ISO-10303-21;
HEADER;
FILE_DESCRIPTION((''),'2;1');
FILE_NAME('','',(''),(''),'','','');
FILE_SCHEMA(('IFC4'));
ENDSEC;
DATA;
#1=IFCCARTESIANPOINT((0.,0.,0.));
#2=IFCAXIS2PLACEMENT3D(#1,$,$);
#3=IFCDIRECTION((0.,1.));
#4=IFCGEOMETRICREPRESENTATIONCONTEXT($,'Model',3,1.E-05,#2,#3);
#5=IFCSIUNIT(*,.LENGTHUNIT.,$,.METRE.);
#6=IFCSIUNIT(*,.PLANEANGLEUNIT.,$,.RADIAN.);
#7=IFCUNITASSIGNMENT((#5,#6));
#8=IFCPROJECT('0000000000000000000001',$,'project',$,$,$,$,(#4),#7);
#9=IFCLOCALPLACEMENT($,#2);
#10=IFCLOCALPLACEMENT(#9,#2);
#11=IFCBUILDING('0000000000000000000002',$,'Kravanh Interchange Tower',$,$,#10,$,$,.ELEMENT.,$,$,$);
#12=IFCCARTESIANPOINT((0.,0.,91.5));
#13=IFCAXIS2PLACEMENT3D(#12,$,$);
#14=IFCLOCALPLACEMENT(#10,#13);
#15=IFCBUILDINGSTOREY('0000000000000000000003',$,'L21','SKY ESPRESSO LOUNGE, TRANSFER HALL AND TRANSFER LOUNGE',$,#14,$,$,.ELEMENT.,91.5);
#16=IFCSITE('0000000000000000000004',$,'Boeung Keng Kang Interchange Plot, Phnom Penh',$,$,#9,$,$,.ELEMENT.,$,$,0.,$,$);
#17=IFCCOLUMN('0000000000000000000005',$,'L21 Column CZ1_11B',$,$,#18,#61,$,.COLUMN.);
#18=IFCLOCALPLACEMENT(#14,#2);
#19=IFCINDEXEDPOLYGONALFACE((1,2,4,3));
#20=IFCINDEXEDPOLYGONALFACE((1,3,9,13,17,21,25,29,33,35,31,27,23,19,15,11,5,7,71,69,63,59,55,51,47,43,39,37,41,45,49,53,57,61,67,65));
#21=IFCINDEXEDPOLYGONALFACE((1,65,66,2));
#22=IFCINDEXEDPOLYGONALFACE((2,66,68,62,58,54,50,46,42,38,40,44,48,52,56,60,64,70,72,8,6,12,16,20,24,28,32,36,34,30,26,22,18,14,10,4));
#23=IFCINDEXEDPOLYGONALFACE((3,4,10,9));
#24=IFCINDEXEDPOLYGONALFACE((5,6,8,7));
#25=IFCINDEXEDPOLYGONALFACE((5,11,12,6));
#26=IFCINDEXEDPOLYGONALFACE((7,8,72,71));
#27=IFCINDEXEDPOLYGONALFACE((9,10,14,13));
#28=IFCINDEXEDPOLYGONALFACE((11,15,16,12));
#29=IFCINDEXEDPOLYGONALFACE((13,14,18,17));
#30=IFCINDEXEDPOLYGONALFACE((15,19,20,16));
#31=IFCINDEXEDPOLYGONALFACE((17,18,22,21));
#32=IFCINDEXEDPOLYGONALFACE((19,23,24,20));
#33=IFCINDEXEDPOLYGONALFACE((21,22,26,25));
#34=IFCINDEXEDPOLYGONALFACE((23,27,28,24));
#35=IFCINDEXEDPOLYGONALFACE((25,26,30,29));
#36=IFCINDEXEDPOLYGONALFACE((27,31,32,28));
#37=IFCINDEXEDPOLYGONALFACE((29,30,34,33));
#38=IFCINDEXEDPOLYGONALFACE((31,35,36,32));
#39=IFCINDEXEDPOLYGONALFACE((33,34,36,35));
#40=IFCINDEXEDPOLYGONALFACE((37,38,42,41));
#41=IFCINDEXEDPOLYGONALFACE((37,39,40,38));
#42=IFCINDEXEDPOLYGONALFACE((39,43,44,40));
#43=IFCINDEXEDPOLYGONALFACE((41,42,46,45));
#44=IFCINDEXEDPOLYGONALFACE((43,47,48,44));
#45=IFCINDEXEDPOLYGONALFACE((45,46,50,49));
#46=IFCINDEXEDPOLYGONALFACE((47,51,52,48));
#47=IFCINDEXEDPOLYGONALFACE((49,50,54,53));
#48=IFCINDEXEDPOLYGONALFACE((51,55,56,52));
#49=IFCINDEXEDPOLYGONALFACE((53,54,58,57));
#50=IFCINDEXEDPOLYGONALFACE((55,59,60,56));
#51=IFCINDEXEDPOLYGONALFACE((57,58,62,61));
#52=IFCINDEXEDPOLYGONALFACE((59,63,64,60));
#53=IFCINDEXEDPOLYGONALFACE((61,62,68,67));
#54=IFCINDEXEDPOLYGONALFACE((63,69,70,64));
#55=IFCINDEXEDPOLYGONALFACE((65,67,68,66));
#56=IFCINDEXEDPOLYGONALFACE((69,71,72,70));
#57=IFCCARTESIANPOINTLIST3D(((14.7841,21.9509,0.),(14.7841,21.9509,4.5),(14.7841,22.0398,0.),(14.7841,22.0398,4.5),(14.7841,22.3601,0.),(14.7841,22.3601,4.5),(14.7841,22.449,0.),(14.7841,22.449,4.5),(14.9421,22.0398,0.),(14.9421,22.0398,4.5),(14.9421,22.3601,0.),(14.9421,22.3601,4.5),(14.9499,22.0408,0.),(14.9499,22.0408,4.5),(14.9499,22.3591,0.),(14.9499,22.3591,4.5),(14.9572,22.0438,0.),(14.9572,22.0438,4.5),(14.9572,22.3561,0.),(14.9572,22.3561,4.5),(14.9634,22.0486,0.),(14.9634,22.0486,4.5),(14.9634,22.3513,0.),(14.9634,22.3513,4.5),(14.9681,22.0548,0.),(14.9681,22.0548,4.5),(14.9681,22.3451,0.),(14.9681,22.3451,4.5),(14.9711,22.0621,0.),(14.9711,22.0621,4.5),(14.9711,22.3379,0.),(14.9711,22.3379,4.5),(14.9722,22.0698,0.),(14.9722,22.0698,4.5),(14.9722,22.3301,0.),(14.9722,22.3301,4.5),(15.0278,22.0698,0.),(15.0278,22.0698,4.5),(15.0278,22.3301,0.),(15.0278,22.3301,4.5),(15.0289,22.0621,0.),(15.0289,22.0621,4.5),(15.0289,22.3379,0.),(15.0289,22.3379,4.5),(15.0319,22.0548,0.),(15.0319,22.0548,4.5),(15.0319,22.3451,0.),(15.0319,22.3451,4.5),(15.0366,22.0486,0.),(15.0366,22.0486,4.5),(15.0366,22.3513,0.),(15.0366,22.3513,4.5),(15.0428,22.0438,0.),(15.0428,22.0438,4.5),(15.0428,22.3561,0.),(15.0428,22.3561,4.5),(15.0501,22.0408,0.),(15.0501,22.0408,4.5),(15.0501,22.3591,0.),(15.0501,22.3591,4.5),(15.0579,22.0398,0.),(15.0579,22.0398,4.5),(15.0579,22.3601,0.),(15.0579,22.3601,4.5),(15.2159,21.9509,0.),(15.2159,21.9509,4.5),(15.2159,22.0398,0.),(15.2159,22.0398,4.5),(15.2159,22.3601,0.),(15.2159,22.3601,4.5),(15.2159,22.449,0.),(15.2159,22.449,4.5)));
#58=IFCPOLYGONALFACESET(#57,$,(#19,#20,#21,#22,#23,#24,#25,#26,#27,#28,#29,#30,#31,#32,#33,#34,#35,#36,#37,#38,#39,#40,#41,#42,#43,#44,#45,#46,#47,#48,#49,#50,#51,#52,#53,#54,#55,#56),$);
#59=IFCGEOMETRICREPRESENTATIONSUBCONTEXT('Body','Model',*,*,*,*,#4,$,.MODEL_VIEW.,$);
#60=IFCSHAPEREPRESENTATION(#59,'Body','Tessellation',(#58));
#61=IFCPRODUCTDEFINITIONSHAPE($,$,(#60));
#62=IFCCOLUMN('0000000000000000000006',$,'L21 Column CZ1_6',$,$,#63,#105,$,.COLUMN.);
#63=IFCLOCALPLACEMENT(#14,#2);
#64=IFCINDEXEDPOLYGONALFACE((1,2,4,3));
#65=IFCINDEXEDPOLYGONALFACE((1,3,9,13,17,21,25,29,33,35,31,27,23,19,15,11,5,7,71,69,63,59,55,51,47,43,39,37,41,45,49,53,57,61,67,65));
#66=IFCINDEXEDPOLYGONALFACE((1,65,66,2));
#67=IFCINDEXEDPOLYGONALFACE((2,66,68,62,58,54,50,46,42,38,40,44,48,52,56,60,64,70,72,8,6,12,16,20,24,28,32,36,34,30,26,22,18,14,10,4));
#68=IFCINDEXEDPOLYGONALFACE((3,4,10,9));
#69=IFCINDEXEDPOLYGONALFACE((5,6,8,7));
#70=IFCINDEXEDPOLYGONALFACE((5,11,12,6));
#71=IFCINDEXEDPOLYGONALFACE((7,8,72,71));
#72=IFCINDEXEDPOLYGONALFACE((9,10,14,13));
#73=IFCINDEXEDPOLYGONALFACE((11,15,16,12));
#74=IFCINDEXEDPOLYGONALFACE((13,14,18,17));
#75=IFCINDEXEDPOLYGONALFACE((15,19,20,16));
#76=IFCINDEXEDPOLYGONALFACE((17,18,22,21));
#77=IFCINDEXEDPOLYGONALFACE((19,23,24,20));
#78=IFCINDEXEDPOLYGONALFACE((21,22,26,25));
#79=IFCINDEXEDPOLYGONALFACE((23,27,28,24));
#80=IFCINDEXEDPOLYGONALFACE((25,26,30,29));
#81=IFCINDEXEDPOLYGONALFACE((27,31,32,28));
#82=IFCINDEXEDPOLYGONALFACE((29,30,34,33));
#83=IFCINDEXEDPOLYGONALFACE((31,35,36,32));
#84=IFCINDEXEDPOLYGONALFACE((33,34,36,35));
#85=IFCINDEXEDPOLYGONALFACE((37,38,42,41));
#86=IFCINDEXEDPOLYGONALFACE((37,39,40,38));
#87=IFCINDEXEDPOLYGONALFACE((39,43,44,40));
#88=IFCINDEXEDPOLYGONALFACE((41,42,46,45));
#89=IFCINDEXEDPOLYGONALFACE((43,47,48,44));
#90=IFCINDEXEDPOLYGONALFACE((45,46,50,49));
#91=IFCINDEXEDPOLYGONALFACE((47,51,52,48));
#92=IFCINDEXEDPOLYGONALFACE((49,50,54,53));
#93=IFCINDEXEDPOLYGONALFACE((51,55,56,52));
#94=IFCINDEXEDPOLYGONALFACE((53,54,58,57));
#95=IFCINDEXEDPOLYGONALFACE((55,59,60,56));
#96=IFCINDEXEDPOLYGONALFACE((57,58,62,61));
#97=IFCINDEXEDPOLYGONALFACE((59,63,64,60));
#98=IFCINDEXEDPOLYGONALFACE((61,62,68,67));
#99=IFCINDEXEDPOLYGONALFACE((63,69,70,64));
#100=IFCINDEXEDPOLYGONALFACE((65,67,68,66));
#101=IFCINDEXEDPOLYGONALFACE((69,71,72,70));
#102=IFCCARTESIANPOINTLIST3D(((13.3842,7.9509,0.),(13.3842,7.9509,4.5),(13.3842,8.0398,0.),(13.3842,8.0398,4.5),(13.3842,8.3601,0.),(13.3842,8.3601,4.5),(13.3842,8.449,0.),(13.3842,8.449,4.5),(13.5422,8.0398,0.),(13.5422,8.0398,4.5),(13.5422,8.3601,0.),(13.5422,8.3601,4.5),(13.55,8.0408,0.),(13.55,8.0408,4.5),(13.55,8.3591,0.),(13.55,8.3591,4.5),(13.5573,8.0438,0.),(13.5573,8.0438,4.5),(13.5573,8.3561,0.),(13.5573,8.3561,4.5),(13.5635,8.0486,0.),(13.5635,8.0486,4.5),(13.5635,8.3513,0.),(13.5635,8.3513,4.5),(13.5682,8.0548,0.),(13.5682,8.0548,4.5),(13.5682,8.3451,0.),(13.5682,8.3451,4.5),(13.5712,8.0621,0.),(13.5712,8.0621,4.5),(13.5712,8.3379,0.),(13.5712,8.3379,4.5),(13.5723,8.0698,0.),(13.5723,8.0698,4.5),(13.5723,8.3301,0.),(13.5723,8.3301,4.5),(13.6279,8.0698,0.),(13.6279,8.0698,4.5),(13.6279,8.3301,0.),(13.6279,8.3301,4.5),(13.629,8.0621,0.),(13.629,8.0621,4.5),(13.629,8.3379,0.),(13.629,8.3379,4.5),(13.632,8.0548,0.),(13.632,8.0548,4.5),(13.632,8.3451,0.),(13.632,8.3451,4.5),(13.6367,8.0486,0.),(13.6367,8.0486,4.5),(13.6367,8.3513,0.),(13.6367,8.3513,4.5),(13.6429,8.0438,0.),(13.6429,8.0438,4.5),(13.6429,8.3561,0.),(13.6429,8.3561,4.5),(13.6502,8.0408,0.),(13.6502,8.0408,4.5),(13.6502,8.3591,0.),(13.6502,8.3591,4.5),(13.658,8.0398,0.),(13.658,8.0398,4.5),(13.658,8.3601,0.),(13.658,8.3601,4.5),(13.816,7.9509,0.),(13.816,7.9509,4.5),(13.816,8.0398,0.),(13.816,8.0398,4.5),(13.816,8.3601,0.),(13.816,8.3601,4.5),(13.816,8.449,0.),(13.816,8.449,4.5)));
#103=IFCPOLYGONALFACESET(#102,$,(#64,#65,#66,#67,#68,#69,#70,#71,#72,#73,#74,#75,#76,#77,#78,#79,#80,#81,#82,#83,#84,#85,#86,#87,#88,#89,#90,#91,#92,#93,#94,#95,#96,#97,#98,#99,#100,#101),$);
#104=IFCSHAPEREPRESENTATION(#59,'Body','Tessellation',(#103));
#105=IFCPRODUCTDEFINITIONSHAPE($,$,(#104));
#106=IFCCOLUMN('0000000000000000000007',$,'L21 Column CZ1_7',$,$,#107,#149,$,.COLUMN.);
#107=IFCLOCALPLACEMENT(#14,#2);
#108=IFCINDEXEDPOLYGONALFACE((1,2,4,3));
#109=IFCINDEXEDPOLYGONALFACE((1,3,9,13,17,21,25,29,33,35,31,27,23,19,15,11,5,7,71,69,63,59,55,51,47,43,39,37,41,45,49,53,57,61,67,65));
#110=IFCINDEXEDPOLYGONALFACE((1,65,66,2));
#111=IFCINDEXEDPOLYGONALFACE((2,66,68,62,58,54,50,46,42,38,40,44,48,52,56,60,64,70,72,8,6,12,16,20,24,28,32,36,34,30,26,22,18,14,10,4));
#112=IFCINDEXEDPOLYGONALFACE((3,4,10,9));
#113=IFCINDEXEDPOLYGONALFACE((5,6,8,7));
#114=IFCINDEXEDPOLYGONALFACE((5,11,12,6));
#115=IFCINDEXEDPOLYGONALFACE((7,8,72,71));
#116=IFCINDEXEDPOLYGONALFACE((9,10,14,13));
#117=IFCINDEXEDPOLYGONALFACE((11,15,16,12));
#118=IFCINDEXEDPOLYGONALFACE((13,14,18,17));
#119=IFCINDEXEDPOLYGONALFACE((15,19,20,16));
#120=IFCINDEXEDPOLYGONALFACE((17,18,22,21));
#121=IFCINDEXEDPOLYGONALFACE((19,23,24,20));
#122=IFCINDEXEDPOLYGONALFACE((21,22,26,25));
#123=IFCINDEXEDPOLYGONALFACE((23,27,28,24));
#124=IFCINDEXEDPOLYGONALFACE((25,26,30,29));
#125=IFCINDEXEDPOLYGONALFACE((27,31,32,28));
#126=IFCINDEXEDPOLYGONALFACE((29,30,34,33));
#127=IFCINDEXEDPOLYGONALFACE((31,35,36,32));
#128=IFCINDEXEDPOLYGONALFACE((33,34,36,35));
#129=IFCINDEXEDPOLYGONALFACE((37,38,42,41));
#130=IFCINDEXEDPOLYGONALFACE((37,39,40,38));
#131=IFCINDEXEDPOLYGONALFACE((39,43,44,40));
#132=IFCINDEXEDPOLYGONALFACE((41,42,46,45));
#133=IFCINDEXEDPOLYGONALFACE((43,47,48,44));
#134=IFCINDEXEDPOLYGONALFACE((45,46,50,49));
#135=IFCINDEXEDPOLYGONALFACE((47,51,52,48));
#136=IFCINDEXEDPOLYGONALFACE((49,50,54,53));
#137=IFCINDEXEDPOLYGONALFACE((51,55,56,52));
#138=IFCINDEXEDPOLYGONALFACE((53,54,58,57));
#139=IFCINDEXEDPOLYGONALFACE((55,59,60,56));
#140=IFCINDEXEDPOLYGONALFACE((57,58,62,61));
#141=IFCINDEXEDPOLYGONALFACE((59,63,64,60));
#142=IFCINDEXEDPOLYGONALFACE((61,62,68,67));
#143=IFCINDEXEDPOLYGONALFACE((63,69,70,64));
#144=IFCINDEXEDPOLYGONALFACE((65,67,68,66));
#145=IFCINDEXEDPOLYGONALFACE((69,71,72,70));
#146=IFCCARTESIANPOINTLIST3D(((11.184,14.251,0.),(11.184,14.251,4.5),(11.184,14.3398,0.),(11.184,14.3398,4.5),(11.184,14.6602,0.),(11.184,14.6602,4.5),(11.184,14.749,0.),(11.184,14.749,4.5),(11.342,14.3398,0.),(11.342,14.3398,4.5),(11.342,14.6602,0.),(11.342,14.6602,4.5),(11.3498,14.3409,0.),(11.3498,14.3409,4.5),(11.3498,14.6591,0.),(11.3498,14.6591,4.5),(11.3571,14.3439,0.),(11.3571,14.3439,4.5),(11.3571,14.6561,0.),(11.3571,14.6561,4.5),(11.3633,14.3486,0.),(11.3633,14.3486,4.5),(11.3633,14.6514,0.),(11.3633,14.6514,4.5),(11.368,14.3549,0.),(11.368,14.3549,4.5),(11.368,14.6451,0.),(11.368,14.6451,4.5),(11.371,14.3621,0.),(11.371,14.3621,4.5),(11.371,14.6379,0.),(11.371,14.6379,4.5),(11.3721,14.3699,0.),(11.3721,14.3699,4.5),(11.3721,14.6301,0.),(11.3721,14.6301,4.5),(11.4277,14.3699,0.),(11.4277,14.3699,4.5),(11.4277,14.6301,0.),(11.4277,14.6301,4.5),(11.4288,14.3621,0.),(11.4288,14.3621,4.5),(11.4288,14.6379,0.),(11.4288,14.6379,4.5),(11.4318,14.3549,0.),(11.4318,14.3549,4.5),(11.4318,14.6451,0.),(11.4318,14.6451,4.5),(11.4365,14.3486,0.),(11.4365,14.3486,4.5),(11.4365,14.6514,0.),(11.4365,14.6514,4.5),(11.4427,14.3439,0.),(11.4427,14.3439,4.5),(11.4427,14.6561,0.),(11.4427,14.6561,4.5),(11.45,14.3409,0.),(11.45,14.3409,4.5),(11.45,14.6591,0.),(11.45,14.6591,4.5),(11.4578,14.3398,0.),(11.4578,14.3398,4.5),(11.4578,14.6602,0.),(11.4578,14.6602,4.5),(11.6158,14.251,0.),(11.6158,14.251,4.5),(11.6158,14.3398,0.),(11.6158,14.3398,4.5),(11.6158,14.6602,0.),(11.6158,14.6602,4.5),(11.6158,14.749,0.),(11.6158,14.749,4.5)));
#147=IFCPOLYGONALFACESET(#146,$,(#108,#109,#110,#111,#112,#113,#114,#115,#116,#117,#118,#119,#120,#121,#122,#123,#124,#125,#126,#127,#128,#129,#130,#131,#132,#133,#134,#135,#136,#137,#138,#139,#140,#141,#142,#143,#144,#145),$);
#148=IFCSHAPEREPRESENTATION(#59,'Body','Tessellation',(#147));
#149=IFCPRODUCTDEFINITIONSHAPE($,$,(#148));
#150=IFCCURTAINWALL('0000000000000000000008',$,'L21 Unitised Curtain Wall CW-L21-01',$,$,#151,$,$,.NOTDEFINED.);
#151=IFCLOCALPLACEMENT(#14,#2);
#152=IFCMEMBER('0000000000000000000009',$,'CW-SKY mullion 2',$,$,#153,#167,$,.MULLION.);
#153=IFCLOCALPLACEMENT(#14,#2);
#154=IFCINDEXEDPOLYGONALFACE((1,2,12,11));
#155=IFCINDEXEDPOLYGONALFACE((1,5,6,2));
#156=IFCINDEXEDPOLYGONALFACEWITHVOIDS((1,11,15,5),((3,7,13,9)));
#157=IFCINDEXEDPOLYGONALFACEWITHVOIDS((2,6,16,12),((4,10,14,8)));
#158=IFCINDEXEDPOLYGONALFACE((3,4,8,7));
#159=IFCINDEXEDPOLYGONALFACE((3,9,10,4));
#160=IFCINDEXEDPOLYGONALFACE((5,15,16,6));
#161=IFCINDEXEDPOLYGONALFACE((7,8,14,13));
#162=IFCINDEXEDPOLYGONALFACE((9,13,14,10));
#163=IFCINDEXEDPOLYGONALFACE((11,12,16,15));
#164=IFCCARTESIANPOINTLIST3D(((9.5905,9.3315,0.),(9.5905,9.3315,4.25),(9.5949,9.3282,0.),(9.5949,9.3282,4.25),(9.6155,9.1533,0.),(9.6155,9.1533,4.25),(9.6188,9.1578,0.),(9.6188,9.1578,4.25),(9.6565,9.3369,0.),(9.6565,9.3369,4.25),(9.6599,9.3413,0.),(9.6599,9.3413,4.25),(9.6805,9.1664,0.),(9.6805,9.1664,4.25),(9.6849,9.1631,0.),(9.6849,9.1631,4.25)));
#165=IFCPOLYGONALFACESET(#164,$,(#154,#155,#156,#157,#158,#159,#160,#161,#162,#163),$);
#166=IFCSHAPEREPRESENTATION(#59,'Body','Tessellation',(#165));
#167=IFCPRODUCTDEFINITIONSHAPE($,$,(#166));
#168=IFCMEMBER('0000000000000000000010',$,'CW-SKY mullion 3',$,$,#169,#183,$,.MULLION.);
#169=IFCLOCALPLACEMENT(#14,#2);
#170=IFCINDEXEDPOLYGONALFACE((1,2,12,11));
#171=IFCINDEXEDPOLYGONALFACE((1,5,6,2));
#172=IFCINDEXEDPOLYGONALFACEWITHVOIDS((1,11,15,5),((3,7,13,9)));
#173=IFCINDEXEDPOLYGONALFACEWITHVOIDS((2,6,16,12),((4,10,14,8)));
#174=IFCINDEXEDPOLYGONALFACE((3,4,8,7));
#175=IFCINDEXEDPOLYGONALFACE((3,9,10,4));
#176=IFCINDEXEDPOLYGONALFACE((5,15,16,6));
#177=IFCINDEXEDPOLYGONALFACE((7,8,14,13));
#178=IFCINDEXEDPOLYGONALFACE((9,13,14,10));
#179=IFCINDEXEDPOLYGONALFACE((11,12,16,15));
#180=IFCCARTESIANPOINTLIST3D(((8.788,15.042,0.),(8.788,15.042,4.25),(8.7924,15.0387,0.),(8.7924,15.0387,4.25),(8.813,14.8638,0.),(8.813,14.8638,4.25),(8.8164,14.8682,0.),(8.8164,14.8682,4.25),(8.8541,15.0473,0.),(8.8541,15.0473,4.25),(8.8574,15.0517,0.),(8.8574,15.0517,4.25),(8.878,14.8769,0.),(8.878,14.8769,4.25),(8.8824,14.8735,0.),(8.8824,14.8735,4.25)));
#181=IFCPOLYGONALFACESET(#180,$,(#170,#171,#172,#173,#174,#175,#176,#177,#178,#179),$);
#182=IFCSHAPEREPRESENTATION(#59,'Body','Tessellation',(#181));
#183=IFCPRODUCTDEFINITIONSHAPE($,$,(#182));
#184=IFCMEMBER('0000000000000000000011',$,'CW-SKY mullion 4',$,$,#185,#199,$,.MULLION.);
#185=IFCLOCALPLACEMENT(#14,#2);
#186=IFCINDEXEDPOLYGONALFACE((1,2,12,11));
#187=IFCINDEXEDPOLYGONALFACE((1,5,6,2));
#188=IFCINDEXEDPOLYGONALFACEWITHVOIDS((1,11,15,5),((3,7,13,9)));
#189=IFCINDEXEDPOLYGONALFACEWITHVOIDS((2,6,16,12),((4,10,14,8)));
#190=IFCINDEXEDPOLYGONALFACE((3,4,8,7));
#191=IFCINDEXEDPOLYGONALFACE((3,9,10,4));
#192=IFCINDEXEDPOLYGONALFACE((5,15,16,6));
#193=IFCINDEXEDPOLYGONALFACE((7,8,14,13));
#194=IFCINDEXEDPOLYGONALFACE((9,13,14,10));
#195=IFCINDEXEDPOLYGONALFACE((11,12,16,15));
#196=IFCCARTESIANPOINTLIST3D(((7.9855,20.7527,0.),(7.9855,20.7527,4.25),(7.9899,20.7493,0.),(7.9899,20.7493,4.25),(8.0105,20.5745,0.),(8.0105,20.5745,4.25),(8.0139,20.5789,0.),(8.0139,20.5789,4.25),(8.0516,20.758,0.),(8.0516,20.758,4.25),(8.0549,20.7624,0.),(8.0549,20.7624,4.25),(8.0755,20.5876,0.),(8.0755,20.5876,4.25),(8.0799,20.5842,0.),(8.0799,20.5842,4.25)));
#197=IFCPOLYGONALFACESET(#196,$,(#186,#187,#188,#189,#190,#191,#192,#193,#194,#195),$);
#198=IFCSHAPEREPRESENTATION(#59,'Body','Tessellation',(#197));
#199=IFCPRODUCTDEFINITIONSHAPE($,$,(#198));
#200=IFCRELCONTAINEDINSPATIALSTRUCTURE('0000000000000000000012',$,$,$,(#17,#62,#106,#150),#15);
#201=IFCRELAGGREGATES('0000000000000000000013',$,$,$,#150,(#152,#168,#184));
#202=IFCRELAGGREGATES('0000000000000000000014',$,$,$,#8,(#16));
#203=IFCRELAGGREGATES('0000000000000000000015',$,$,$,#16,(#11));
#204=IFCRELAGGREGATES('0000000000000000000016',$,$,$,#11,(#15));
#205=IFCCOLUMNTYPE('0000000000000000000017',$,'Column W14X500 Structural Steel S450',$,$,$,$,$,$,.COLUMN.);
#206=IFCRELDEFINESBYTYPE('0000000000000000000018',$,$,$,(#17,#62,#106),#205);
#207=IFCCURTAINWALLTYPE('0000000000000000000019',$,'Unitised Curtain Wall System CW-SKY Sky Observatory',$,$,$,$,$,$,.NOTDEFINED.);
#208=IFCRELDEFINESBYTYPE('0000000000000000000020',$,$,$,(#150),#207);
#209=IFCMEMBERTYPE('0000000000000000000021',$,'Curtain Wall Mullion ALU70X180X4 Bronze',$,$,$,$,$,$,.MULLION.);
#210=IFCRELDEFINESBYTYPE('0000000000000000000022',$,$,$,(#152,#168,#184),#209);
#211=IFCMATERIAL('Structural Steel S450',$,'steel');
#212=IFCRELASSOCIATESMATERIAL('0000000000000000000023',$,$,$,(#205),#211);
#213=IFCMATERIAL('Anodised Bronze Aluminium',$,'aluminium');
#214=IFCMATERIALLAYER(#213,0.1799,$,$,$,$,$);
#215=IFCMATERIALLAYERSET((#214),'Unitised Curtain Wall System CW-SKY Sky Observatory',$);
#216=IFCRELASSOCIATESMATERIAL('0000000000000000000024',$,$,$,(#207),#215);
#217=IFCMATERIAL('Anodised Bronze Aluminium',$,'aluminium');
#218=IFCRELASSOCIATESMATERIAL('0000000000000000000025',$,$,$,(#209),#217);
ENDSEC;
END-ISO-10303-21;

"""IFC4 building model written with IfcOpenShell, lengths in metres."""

from ifc_helpers import new_model, si_unit, direction, frame, origin, origin_2d, place, context, subcontext, project, spatial, hollow_rectangle, i_section, extrude, material, layer, layer_set, material_profile, profile_set, type_object, element, aggregate, save


model = new_model("IFC4")

# Units and contexts
model_context = context("Model", 3, precision=1e-05, world=origin(), true_north=direction((0.0, 1.0)))
body_context = subcontext(model_context, "Body", "Model", "MODEL_VIEW")
ifc_project = project(units=[si_unit("LENGTHUNIT", "METRE"), si_unit("PLANEANGLEUNIT", "RADIAN")], contexts=[model_context])

# Site, building, storey
site_placement = place(None, origin())
site = spatial("IfcSite", under=ifc_project, at=site_placement, Name="Boeung Keng Kang Interchange Plot, Phnom Penh", CompositionType="ELEMENT", RefElevation=0.0)
building_placement = place(site_placement, origin())
building = spatial("IfcBuilding", under=site, at=building_placement, Name="Kravanh Interchange Tower", CompositionType="ELEMENT")
storey_placement = place(building_placement, frame((0.0, 0.0, 91.5)))
storey = spatial("IfcBuildingStorey", under=building, at=storey_placement, Name="L21", Description="SKY ESPRESSO LOUNGE, TRANSFER HALL AND TRANSFER LOUNGE", CompositionType="ELEMENT", Elevation=91.5)

# Columns
ifc_material_1 = material(Name="Structural Steel S450", Category="steel")
ifc_material_profile_1 = material_profile(ifc_material_1, i_section(OverallWidth=0.4319, OverallDepth=0.498, WebThickness=0.0557, FlangeThickness=0.0889, FilletRadius=0.03, at=origin_2d()), Name="W14X500")
ifc_profile_set_1 = profile_set([ifc_material_profile_1], Name="Structural Steel S450")
column_type = type_object("IfcColumnType", Name="Column W14X500 Structural Steel S450", PredefinedType="COLUMN", material=ifc_profile_set_1)
for number, where, z_axis, x_axis, name in (
    (1, (15.0, 22.2, 0.0), (0.0, 0.0, 1.0), (1.0, 0.0, 0.0), "L21 Column CZ1_11B"),
    (2, (13.6001, 8.2, 0.0), (0.0, 0.0, 1.0), (1.0, 0.0, 0.0), "L21 Column CZ1_6"),
    (3, (11.3999, 14.5, 0.0), (0.0, 0.0, 1.0), (1.0, 0.0, 0.0), "L21 Column CZ1_7"),
):
    element("IfcColumn", number, at=place(storey_placement, frame(where, z_axis=z_axis, x_axis=x_axis)), inside=storey, type_object=column_type, Name=name, PredefinedType="COLUMN", context=body_context, shape_type="SweptSolid", body=[
        extrude(i_section(OverallWidth=0.4319, OverallDepth=0.498, WebThickness=0.0557, FlangeThickness=0.0889, FilletRadius=0.03, at=origin_2d()), origin(), (0.0, 0.0, 1.0), 4.5),
    ])

# Curtain wall, members
ifc_material_2 = material(Name="Anodised Bronze Aluminium", Category="aluminium")
ifc_layer_1 = layer(ifc_material_2, 0.1799)
ifc_layer_set_1 = layer_set([ifc_layer_1], Name="Unitised Curtain Wall System CW-SKY Sky Observatory")
curtain_wall_type = type_object("IfcCurtainWallType", Name="Unitised Curtain Wall System CW-SKY Sky Observatory", PredefinedType="NOTDEFINED", material=ifc_layer_set_1)
curtain_wall_placement = place(storey_placement, origin())
curtain_wall = element("IfcCurtainWall", 4, at=curtain_wall_placement, inside=storey, type_object=curtain_wall_type, Name="L21 Unitised Curtain Wall CW-L21-01", PredefinedType="NOTDEFINED")
ifc_material_3 = material(Name="Anodised Bronze Aluminium", Category="aluminium")
ifc_material_profile_2 = material_profile(ifc_material_3, hollow_rectangle(XDim=0.0701, YDim=0.1799, WallThickness=0.0039, at=origin_2d()), Name="ALU70X180X4")
ifc_profile_set_2 = profile_set([ifc_material_profile_2], Name="Anodised Bronze Aluminium")
member_type_1 = type_object("IfcMemberType", Name="Curtain Wall Mullion ALU70X180X4 Bronze", PredefinedType="MULLION", material=ifc_profile_set_2)
member_1_placement = place(storey_placement, frame((9.6377, 9.2473, 0.0), z_axis=(0.0, 0.0, 1.0), x_axis=(-0.990268, -0.139177, 0.0)))
member_1 = element("IfcMember", 5, at=member_1_placement, type_object=member_type_1, Name="CW-SKY mullion 2", PredefinedType="MULLION", context=body_context, shape_type="SweptSolid", body=[
    extrude(hollow_rectangle(XDim=0.0701, YDim=0.1799, WallThickness=0.0039, at=origin_2d()), origin(), (0.0, 0.0, 1.0), 4.25),
])
member_2_placement = place(storey_placement, frame((8.8352, 14.9578, 0.0), z_axis=(0.0, 0.0, 1.0), x_axis=(-0.990268, -0.139177, 0.0)))
member_2 = element("IfcMember", 6, at=member_2_placement, type_object=member_type_1, Name="CW-SKY mullion 3", PredefinedType="MULLION", context=body_context, shape_type="SweptSolid", body=[
    extrude(hollow_rectangle(XDim=0.0701, YDim=0.1799, WallThickness=0.0039, at=origin_2d()), origin(), (0.0, 0.0, 1.0), 4.25),
])
member_3_placement = place(storey_placement, frame((8.0327, 20.6685, 0.0), z_axis=(0.0, 0.0, 1.0), x_axis=(-0.990268, -0.139177, 0.0)))
member_3 = element("IfcMember", 7, at=member_3_placement, type_object=member_type_1, Name="CW-SKY mullion 4", PredefinedType="MULLION", context=body_context, shape_type="SweptSolid", body=[
    extrude(hollow_rectangle(XDim=0.0701, YDim=0.1799, WallThickness=0.0039, at=origin_2d()), origin(), (0.0, 0.0, 1.0), 4.25),
])

aggregate(curtain_wall, [member_1, member_2, member_3])

save(model, "model.ifc")
